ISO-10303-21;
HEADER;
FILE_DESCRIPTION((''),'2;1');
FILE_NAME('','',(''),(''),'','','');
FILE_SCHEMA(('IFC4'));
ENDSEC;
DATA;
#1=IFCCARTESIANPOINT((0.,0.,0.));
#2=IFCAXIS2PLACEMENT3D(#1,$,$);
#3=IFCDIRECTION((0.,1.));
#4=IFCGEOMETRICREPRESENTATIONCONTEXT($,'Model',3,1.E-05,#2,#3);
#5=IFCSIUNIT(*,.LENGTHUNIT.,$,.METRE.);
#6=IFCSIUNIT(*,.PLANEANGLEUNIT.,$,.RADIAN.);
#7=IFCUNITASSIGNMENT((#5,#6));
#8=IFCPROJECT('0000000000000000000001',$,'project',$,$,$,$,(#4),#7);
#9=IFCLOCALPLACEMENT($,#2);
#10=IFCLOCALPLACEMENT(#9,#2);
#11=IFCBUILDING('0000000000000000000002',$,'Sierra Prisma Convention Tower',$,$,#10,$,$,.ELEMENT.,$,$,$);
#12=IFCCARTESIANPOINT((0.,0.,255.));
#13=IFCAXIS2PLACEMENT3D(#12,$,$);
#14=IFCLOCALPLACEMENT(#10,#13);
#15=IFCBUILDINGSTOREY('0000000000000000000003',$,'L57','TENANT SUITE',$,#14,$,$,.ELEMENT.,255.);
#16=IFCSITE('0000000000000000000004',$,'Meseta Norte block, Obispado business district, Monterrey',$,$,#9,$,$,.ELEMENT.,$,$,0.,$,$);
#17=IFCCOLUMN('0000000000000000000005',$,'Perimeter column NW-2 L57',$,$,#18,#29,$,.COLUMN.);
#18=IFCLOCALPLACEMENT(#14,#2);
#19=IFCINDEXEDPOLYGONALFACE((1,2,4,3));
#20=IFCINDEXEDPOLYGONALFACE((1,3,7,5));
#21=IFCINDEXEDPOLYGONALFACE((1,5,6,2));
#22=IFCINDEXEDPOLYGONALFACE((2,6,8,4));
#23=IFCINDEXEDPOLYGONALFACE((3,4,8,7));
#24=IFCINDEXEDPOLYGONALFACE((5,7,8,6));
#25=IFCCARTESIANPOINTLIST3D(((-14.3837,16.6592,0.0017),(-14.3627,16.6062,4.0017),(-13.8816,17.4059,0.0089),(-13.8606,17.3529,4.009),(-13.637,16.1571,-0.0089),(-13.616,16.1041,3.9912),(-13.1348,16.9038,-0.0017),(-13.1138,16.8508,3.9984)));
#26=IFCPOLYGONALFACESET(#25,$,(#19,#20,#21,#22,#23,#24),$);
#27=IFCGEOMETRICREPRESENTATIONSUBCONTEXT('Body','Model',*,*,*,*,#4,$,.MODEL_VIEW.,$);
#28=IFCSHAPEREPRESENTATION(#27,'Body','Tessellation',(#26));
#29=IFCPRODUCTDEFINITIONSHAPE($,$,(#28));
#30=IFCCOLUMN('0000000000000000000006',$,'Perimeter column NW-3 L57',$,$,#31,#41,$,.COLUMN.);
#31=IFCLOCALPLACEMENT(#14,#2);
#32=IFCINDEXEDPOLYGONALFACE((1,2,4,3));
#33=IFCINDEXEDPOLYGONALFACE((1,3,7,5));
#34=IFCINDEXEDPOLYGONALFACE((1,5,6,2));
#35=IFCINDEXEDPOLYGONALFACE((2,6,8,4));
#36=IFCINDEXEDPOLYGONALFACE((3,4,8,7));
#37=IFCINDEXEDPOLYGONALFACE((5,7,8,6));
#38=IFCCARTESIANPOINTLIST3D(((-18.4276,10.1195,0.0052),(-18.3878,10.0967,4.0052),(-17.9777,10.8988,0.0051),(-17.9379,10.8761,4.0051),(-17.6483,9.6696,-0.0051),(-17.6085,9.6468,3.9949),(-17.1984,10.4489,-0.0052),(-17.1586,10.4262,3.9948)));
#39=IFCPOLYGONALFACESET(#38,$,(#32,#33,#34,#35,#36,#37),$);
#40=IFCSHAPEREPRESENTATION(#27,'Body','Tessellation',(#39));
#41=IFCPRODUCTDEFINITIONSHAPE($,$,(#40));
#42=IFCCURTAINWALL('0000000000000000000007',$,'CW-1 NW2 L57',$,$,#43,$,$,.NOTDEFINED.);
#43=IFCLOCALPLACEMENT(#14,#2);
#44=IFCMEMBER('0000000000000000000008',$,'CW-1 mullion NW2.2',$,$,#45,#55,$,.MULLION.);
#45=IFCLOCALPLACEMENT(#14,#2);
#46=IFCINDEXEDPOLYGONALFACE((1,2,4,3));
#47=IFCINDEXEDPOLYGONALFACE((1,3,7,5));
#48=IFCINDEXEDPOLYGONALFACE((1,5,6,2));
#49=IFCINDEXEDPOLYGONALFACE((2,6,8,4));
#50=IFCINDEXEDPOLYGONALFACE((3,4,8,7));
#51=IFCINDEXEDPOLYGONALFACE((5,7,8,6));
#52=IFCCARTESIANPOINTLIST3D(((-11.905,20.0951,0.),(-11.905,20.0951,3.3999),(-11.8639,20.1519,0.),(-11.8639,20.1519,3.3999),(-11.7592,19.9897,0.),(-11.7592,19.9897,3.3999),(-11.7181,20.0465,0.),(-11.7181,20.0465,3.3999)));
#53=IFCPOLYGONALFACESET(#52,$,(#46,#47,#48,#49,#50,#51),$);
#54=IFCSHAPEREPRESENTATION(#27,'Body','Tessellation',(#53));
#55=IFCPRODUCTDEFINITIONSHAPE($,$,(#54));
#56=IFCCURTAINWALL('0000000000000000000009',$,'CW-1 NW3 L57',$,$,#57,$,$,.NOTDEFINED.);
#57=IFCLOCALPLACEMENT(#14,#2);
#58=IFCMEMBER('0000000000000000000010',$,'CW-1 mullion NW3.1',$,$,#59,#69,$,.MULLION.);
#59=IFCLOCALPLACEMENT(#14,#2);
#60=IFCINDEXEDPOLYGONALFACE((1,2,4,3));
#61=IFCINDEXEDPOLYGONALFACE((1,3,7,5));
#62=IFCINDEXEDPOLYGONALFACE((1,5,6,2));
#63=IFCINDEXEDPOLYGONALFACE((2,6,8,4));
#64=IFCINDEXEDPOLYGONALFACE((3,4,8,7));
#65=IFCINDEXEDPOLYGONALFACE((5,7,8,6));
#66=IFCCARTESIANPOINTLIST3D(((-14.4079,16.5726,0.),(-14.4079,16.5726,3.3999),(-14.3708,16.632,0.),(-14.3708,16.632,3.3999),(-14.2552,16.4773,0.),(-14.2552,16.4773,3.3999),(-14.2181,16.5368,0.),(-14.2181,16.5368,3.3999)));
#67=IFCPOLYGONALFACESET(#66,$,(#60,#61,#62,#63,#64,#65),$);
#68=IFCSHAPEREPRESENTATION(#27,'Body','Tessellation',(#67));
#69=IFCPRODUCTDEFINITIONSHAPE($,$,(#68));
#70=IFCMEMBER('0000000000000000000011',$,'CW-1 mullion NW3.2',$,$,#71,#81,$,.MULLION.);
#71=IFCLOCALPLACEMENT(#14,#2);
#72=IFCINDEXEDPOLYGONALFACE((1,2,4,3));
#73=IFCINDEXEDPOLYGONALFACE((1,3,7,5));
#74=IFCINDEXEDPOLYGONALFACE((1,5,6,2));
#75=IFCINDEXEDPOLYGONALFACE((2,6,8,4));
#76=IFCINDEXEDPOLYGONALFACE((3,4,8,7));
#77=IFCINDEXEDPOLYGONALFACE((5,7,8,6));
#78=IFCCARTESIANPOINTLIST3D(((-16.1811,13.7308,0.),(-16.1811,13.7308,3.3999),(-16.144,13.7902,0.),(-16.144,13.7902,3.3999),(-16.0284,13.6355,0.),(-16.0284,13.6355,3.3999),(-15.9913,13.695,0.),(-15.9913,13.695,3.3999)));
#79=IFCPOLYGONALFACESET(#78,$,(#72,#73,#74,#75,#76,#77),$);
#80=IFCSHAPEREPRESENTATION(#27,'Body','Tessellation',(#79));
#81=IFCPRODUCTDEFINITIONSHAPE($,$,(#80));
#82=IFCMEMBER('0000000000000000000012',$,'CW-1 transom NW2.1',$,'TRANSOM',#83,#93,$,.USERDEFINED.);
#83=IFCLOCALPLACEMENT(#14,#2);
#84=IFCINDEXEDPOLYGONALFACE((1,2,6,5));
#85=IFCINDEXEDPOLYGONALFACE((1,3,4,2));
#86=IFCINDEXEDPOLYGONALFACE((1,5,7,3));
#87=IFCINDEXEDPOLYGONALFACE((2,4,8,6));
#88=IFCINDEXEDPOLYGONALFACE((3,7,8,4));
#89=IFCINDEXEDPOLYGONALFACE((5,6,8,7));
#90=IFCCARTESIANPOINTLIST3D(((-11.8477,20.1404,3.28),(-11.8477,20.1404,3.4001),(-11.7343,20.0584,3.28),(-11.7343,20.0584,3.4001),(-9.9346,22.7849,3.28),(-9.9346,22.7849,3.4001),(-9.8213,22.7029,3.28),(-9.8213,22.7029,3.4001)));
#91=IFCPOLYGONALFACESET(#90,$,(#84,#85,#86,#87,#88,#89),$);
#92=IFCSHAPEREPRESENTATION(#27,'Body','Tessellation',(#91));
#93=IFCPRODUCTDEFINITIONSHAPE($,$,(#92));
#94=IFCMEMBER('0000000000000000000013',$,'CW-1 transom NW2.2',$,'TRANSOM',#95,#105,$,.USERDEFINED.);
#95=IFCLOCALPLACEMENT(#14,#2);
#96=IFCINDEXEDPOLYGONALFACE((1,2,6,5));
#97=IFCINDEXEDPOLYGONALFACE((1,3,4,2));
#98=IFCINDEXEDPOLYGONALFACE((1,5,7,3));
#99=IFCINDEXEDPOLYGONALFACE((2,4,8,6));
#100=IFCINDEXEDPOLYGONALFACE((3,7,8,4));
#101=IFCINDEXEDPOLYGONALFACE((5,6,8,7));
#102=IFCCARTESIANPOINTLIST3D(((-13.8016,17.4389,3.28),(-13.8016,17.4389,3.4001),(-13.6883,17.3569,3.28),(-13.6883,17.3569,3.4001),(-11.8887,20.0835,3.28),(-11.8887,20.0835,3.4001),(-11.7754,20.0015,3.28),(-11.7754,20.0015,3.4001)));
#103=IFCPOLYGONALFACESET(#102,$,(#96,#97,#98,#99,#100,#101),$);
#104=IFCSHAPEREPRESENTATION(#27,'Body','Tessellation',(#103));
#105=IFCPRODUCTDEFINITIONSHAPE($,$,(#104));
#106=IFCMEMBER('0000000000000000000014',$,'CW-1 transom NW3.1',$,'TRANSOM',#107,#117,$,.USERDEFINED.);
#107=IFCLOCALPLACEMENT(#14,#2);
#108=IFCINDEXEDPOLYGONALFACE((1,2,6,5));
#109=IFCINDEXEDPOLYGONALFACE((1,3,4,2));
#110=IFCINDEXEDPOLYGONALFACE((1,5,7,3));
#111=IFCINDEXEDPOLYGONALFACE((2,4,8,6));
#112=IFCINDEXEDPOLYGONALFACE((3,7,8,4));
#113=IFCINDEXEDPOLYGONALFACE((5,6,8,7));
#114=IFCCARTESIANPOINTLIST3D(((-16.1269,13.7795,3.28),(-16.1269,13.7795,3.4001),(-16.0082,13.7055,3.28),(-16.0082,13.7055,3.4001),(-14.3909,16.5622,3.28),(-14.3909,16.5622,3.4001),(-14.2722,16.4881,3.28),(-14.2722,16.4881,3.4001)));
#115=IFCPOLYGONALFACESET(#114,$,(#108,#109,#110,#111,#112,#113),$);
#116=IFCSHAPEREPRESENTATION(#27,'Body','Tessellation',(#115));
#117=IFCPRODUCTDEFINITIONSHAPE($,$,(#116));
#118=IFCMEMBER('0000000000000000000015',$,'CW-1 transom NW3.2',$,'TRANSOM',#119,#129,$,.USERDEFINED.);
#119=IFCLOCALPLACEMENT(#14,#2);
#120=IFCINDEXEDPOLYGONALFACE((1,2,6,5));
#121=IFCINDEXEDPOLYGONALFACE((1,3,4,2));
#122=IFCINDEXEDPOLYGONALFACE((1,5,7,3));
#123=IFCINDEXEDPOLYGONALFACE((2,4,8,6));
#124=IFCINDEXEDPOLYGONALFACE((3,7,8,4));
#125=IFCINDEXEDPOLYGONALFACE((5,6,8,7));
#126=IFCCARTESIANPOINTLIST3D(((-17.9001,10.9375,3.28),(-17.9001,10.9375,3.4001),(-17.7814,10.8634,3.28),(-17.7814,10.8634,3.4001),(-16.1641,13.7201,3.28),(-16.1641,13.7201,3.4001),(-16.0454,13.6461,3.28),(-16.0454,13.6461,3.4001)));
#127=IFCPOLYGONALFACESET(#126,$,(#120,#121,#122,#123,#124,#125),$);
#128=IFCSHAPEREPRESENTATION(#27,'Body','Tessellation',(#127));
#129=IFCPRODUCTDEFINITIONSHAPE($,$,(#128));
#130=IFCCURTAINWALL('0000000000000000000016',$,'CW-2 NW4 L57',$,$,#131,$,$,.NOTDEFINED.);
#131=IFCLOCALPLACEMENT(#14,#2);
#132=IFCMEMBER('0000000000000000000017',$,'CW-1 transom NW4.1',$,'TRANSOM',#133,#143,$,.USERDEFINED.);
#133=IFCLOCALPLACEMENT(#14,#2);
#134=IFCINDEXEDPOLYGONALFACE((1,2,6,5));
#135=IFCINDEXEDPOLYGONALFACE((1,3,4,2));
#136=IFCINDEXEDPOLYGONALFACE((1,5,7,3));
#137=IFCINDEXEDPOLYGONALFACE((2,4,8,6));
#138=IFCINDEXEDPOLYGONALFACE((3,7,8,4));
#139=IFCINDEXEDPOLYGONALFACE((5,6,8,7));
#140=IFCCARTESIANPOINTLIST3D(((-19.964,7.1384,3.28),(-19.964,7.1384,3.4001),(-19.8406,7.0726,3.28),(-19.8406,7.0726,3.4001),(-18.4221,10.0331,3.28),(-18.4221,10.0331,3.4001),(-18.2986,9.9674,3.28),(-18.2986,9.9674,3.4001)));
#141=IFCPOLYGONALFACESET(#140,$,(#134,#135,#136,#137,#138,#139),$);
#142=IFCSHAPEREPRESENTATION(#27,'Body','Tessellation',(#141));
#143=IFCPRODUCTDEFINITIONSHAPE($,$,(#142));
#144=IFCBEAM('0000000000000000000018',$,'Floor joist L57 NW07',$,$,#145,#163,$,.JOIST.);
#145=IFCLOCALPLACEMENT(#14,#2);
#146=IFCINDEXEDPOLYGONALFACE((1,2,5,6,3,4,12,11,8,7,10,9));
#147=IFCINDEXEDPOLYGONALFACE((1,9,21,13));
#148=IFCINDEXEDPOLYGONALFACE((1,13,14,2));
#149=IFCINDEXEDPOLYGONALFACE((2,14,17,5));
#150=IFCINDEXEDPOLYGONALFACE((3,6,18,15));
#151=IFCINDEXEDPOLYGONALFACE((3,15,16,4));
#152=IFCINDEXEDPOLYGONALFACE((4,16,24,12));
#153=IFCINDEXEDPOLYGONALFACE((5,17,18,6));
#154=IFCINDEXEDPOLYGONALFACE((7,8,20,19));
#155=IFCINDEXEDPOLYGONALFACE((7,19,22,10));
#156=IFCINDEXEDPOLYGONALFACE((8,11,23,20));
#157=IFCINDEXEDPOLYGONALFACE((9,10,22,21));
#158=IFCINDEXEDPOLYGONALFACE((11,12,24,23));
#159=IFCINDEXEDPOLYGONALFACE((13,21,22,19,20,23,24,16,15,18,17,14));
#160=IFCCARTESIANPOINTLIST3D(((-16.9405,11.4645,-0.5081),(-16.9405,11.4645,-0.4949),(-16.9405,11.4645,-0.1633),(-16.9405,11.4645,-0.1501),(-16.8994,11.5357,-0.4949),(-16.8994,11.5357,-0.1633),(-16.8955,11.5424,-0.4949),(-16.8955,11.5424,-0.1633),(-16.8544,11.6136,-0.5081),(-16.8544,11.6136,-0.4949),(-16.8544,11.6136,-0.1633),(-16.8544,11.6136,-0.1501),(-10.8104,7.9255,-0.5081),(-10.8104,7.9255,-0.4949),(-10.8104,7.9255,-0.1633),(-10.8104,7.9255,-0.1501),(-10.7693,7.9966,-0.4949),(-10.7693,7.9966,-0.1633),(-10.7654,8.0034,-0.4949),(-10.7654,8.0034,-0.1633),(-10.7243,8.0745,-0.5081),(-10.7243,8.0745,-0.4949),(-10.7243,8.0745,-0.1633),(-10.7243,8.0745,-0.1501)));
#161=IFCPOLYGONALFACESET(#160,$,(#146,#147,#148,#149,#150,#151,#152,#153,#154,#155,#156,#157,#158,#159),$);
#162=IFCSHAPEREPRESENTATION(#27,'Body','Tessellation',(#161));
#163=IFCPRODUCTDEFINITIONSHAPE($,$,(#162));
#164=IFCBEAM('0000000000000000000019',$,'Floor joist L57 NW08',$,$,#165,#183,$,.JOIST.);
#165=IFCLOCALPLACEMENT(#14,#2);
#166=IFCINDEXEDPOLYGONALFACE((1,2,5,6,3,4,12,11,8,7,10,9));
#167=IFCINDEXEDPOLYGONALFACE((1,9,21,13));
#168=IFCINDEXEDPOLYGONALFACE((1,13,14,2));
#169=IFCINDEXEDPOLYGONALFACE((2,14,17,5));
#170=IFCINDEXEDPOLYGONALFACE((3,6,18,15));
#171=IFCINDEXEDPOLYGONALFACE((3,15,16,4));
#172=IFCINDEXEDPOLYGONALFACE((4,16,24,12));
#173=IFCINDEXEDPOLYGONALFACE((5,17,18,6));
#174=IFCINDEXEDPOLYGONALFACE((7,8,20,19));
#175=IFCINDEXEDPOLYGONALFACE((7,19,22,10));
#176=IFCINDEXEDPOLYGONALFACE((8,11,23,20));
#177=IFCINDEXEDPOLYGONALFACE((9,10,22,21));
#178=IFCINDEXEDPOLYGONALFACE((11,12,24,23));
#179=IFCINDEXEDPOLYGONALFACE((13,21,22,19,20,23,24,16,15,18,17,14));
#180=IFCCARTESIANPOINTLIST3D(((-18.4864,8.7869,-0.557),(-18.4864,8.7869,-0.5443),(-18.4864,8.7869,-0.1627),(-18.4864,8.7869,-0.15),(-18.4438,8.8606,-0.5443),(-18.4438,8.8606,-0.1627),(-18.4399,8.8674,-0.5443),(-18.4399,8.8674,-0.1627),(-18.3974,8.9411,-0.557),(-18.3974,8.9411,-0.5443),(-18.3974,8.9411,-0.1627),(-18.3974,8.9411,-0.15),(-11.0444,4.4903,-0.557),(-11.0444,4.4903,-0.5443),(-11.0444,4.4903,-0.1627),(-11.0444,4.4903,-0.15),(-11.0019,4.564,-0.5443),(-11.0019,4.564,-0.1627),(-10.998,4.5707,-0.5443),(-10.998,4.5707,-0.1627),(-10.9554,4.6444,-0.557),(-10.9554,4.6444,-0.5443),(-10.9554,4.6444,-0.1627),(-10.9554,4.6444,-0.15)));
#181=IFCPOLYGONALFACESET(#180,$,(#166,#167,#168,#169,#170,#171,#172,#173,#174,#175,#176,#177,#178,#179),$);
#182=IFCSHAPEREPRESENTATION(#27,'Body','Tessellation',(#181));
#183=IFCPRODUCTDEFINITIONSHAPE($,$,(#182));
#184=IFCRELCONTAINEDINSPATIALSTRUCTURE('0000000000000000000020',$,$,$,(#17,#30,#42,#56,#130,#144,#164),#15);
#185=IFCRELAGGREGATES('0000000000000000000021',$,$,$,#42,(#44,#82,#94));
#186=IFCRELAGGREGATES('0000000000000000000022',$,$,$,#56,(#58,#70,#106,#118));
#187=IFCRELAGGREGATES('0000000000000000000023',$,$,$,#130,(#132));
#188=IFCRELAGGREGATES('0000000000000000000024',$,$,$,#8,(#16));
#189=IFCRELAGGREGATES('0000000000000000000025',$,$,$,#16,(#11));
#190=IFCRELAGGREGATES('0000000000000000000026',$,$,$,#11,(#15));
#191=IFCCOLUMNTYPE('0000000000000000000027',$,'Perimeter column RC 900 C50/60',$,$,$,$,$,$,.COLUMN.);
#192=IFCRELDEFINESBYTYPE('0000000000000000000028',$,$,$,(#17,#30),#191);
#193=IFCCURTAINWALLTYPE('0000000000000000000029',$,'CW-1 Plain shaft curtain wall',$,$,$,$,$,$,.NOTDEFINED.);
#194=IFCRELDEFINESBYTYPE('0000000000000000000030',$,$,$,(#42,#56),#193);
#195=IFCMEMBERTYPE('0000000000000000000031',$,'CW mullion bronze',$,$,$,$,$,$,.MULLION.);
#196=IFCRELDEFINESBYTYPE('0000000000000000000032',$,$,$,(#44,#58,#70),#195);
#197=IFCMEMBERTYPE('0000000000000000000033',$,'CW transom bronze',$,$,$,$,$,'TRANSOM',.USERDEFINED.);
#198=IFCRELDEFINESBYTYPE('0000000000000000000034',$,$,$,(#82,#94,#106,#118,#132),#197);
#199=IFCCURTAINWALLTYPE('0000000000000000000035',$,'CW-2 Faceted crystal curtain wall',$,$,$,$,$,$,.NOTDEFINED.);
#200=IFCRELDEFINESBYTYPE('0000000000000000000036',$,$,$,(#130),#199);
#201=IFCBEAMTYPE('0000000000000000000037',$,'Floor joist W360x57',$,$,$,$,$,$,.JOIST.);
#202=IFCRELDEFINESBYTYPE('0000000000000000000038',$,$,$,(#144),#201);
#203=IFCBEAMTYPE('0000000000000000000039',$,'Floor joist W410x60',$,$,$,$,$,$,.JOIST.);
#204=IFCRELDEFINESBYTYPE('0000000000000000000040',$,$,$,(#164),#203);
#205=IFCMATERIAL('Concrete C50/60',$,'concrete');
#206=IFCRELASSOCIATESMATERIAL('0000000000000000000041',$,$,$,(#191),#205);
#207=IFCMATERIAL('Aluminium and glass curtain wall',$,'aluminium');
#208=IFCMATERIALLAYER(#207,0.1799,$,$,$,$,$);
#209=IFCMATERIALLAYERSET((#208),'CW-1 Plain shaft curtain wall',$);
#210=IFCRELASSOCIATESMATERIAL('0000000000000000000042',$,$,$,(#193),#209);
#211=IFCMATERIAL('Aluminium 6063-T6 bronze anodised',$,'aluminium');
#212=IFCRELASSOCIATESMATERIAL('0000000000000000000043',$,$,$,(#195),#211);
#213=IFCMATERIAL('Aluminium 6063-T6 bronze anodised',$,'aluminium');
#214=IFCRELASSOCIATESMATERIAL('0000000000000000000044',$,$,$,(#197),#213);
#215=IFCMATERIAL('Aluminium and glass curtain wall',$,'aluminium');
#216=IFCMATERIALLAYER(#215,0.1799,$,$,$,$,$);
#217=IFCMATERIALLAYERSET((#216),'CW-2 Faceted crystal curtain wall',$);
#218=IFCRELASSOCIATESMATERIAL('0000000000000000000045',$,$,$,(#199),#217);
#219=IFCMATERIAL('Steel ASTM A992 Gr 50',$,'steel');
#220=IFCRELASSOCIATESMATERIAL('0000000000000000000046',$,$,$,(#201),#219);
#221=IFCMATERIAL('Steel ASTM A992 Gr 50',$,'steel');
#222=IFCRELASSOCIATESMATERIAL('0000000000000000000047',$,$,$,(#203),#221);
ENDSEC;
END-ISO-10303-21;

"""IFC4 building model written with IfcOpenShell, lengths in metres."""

from ifc_helpers import new_model, si_unit, direction, frame, origin, origin_2d, place, context, subcontext, project, spatial, rectangle, i_section, extrude, material, layer, layer_set, material_profile, profile_set, type_object, element, aggregate, save


model = new_model("IFC4")

# Units and contexts
model_context = context("Model", 3, precision=1e-05, world=origin(), true_north=direction((0.0, 1.0)))
body_context = subcontext(model_context, "Body", "Model", "MODEL_VIEW")
ifc_project = project(units=[si_unit("LENGTHUNIT", "METRE"), si_unit("PLANEANGLEUNIT", "RADIAN")], contexts=[model_context])

# Site, building, storey
site_placement = place(None, origin())
site = spatial("IfcSite", under=ifc_project, at=site_placement, Name="Meseta Norte block, Obispado business district, Monterrey", CompositionType="ELEMENT", RefElevation=0.0)
building_placement = place(site_placement, origin())
building = spatial("IfcBuilding", under=site, at=building_placement, Name="Sierra Prisma Convention Tower", CompositionType="ELEMENT")
storey_placement = place(building_placement, frame((0.0, 0.0, 255.0)))
storey = spatial("IfcBuildingStorey", under=building, at=storey_placement, Name="L57", Description="TENANT SUITE", CompositionType="ELEMENT", Elevation=255.0)

# Columns
ifc_material_1 = material(Name="Concrete C50/60", Category="concrete")
ifc_material_profile_1 = material_profile(ifc_material_1, rectangle(XDim=0.8999, YDim=0.8999, at=origin_2d()), Name="Perimeter column RC 900 C50/60")
ifc_profile_set_1 = profile_set([ifc_material_profile_1], Name="Concrete C50/60")
column_type = type_object("IfcColumnType", Name="Perimeter column RC 900 C50/60", PredefinedType="COLUMN", material=ifc_profile_set_1)
column_1_placement = place(storey_placement, frame((-13.7593, 16.7815, 0.0), z_axis=(0.005248, -0.013243, 0.999899), x_axis=(0.558036, 0.829778, 0.008061)))
element("IfcColumn", 1, at=column_1_placement, inside=storey, type_object=column_type, Name="Perimeter column NW-2 L57", PredefinedType="COLUMN", context=body_context, shape_type="SweptSolid", body=[
    extrude(rectangle(XDim=0.8999, YDim=0.8999, at=origin_2d()), origin(), (0.0, 0.0, 1.0), 4.0005),
])
column_2_placement = place(storey_placement, frame((-17.813, 10.2842, 0.0), z_axis=(0.009948, -0.005676, 0.999934), x_axis=(0.499975, 0.86604, -0.000058)))
element("IfcColumn", 2, at=column_2_placement, inside=storey, type_object=column_type, Name="Perimeter column NW-3 L57", PredefinedType="COLUMN", context=body_context, shape_type="SweptSolid", body=[
    extrude(rectangle(XDim=0.8999, YDim=0.8999, at=origin_2d()), origin(), (0.0, 0.0, 1.0), 4.0002),
])

# Curtain wall, member
ifc_material_2 = material(Name="Aluminium and glass curtain wall", Category="aluminium")
ifc_layer_1 = layer(ifc_material_2, 0.1799)
ifc_layer_set_1 = layer_set([ifc_layer_1], Name="CW-1 Plain shaft curtain wall")
curtain_wall_type_1 = type_object("IfcCurtainWallType", Name="CW-1 Plain shaft curtain wall", PredefinedType="NOTDEFINED", material=ifc_layer_set_1)
curtain_wall_1_placement = place(storey_placement, origin())
curtain_wall_1 = element("IfcCurtainWall", 3, at=curtain_wall_1_placement, inside=storey, type_object=curtain_wall_type_1, Name="CW-1 NW2 L57", PredefinedType="NOTDEFINED")
ifc_material_3 = material(Name="Aluminium 6063-T6 bronze anodised", Category="aluminium")
ifc_material_profile_2 = material_profile(ifc_material_3, rectangle(XDim=0.1799, YDim=0.0701, at=origin_2d()), Name="ALU MULLION 70x180")
ifc_profile_set_2 = profile_set([ifc_material_profile_2], Name="Aluminium 6063-T6 bronze anodised")
member_type_1 = type_object("IfcMemberType", Name="CW mullion bronze", PredefinedType="MULLION", material=ifc_profile_set_2)
member_1_placement = place(storey_placement, frame((-11.8115, 20.0708, 0.0), z_axis=(0.0, 0.0, 1.0), x_axis=(0.810237, -0.586102, 0.0)))
member_1 = element("IfcMember", 4, at=member_1_placement, type_object=member_type_1, Name="CW-1 mullion NW2.2", PredefinedType="MULLION", context=body_context, shape_type="SweptSolid", body=[
    extrude(rectangle(XDim=0.1799, YDim=0.0701, at=origin_2d()), origin(), (0.0, 0.0, 1.0), 3.3999),
])

# Curtain wall, members
curtain_wall_2_placement = place(storey_placement, origin())
curtain_wall_2 = element("IfcCurtainWall", 5, at=curtain_wall_2_placement, inside=storey, type_object=curtain_wall_type_1, Name="CW-1 NW3 L57", PredefinedType="NOTDEFINED")
member_2_placement = place(storey_placement, frame((-14.313, 16.5547, 0.0), z_axis=(0.0, 0.0, 1.0), x_axis=(0.848415, -0.529331, 0.0)))
member_2 = element("IfcMember", 6, at=member_2_placement, type_object=member_type_1, Name="CW-1 mullion NW3.1", PredefinedType="MULLION", context=body_context, shape_type="SweptSolid", body=[
    extrude(rectangle(XDim=0.1799, YDim=0.0701, at=origin_2d()), origin(), (0.0, 0.0, 1.0), 3.3999),
])
member_3_placement = place(storey_placement, frame((-16.0862, 13.7129, 0.0), z_axis=(0.0, 0.0, 1.0), x_axis=(0.848415, -0.529331, 0.0)))
member_3 = element("IfcMember", 7, at=member_3_placement, type_object=member_type_1, Name="CW-1 mullion NW3.2", PredefinedType="MULLION", context=body_context, shape_type="SweptSolid", body=[
    extrude(rectangle(XDim=0.1799, YDim=0.0701, at=origin_2d()), origin(), (0.0, 0.0, 1.0), 3.3999),
])

# Members
ifc_material_4 = material(Name="Aluminium 6063-T6 bronze anodised", Category="aluminium")
ifc_material_profile_3 = material_profile(ifc_material_4, rectangle(XDim=0.1399, YDim=0.1201, at=origin_2d()), Name="ALU TRANSOM 120x140")
ifc_profile_set_3 = profile_set([ifc_material_profile_3], Name="Aluminium 6063-T6 bronze anodised")
member_type_2 = type_object("IfcMemberType", Name="CW transom bronze", ElementType="TRANSOM", PredefinedType="USERDEFINED", material=ifc_profile_set_3)
member_4_placement = place(storey_placement, frame((-9.8779, 22.7439, 3.3401), z_axis=(-0.586124, -0.810221, 0.0), x_axis=(0.810221, -0.586124, 0.0)))
member_4 = element("IfcMember", 8, at=member_4_placement, type_object=member_type_2, Name="CW-1 transom NW2.1", ObjectType="TRANSOM", PredefinedType="USERDEFINED", context=body_context, shape_type="SweptSolid", body=[
    extrude(rectangle(XDim=0.1399, YDim=0.1201, at=origin_2d()), origin(), (0.0, 0.0, 1.0), 3.2639),
])
member_5_placement = place(storey_placement, frame((-11.832, 20.0425, 3.3401), z_axis=(-0.586075, -0.810257, 0.0), x_axis=(0.810257, -0.586075, 0.0)))
member_5 = element("IfcMember", 9, at=member_5_placement, type_object=member_type_2, Name="CW-1 transom NW2.2", ObjectType="TRANSOM", PredefinedType="USERDEFINED", context=body_context, shape_type="SweptSolid", body=[
    extrude(rectangle(XDim=0.1399, YDim=0.1201, at=origin_2d()), origin(), (0.0, 0.0, 1.0), 3.2639),
])
member_6_placement = place(storey_placement, frame((-14.3315, 16.5251, 3.3401), z_axis=(-0.529316, -0.848425, 0.0), x_axis=(0.848425, -0.529316, 0.0)))
member_6 = element("IfcMember", 10, at=member_6_placement, type_object=member_type_2, Name="CW-1 transom NW3.1", ObjectType="TRANSOM", PredefinedType="USERDEFINED", context=body_context, shape_type="SweptSolid", body=[
    extrude(rectangle(XDim=0.1399, YDim=0.1201, at=origin_2d()), origin(), (0.0, 0.0, 1.0), 3.2798),
])
member_7_placement = place(storey_placement, frame((-16.1047, 13.6831, 3.3401), z_axis=(-0.529316, -0.848425, 0.0), x_axis=(0.848425, -0.529316, 0.0)))
member_7 = element("IfcMember", 11, at=member_7_placement, type_object=member_type_2, Name="CW-1 transom NW3.2", ObjectType="TRANSOM", PredefinedType="USERDEFINED", context=body_context, shape_type="SweptSolid", body=[
    extrude(rectangle(XDim=0.1399, YDim=0.1201, at=origin_2d()), origin(), (0.0, 0.0, 1.0), 3.2798),
])

# Curtain wall, member
ifc_material_5 = material(Name="Aluminium and glass curtain wall", Category="aluminium")
ifc_layer_2 = layer(ifc_material_5, 0.1799)
ifc_layer_set_2 = layer_set([ifc_layer_2], Name="CW-2 Faceted crystal curtain wall")
curtain_wall_type_2 = type_object("IfcCurtainWallType", Name="CW-2 Faceted crystal curtain wall", PredefinedType="NOTDEFINED", material=ifc_layer_set_2)
curtain_wall_3_placement = place(storey_placement, origin())
curtain_wall_3 = element("IfcCurtainWall", 12, at=curtain_wall_3_placement, inside=storey, type_object=curtain_wall_type_2, Name="CW-2 NW4 L57", PredefinedType="NOTDEFINED")
member_8_placement = place(storey_placement, frame((-18.3604, 10.0002, 3.3401), z_axis=(-0.47014, -0.882592, 0.0), x_axis=(0.882592, -0.47014, 0.0)))
member_8 = element("IfcMember", 13, at=member_8_placement, type_object=member_type_2, Name="CW-1 transom NW4.1", ObjectType="TRANSOM", PredefinedType="USERDEFINED", context=body_context, shape_type="SweptSolid", body=[
    extrude(rectangle(XDim=0.1399, YDim=0.1201, at=origin_2d()), origin(), (0.0, 0.0, 1.0), 3.2798),
])

# Beams
ifc_material_6 = material(Name="Steel ASTM A992 Gr 50", Category="steel")
ifc_material_profile_4 = material_profile(ifc_material_6, i_section(OverallWidth=0.1721, OverallDepth=0.3579, WebThickness=0.0078, FlangeThickness=0.0132, at=origin_2d()), Name="W360x57")
ifc_profile_set_4 = profile_set([ifc_material_profile_4], Name="Steel ASTM A992 Gr 50")
beam_type_1 = type_object("IfcBeamType", Name="Floor joist W360x57", PredefinedType="JOIST", material=ifc_profile_set_4)
beam_1_placement = place(storey_placement, frame((-16.8975, 11.5391, -0.3291), z_axis=(0.866036, -0.499982, 0.0), x_axis=(0.499982, 0.866036, 0.0)))
element("IfcBeam", 14, at=beam_1_placement, inside=storey, type_object=beam_type_1, Name="Floor joist L57 NW07", PredefinedType="JOIST", context=body_context, shape_type="SweptSolid", body=[
    extrude(i_section(OverallWidth=0.1721, OverallDepth=0.3579, WebThickness=0.0078, FlangeThickness=0.0132, at=origin_2d()), origin(), (0.0, 0.0, 1.0), 7.0784),
])
ifc_material_7 = material(Name="Steel ASTM A992 Gr 50", Category="steel")
ifc_material_profile_5 = material_profile(ifc_material_7, i_section(OverallWidth=0.178, OverallDepth=0.407, WebThickness=0.0078, FlangeThickness=0.0127, at=origin_2d()), Name="W410x60")
ifc_profile_set_5 = profile_set([ifc_material_profile_5], Name="Steel ASTM A992 Gr 50")
beam_type_2 = type_object("IfcBeamType", Name="Floor joist W410x60", PredefinedType="JOIST", material=ifc_profile_set_5)
beam_2_placement = place(storey_placement, frame((-18.4419, 8.864, -0.3535), z_axis=(0.866023, -0.500004, 0.0), x_axis=(0.500004, 0.866023, 0.0)))
element("IfcBeam", 15, at=beam_2_placement, inside=storey, type_object=beam_type_2, Name="Floor joist L57 NW08", PredefinedType="JOIST", context=body_context, shape_type="SweptSolid", body=[
    extrude(i_section(OverallWidth=0.178, OverallDepth=0.407, WebThickness=0.0078, FlangeThickness=0.0127, at=origin_2d()), origin(), (0.0, 0.0, 1.0), 8.5933),
])

aggregate(curtain_wall_1, [member_1, member_4, member_5])
aggregate(curtain_wall_2, [member_2, member_3, member_6, member_7])
aggregate(curtain_wall_3, [member_8])

save(model, "model.ifc")
